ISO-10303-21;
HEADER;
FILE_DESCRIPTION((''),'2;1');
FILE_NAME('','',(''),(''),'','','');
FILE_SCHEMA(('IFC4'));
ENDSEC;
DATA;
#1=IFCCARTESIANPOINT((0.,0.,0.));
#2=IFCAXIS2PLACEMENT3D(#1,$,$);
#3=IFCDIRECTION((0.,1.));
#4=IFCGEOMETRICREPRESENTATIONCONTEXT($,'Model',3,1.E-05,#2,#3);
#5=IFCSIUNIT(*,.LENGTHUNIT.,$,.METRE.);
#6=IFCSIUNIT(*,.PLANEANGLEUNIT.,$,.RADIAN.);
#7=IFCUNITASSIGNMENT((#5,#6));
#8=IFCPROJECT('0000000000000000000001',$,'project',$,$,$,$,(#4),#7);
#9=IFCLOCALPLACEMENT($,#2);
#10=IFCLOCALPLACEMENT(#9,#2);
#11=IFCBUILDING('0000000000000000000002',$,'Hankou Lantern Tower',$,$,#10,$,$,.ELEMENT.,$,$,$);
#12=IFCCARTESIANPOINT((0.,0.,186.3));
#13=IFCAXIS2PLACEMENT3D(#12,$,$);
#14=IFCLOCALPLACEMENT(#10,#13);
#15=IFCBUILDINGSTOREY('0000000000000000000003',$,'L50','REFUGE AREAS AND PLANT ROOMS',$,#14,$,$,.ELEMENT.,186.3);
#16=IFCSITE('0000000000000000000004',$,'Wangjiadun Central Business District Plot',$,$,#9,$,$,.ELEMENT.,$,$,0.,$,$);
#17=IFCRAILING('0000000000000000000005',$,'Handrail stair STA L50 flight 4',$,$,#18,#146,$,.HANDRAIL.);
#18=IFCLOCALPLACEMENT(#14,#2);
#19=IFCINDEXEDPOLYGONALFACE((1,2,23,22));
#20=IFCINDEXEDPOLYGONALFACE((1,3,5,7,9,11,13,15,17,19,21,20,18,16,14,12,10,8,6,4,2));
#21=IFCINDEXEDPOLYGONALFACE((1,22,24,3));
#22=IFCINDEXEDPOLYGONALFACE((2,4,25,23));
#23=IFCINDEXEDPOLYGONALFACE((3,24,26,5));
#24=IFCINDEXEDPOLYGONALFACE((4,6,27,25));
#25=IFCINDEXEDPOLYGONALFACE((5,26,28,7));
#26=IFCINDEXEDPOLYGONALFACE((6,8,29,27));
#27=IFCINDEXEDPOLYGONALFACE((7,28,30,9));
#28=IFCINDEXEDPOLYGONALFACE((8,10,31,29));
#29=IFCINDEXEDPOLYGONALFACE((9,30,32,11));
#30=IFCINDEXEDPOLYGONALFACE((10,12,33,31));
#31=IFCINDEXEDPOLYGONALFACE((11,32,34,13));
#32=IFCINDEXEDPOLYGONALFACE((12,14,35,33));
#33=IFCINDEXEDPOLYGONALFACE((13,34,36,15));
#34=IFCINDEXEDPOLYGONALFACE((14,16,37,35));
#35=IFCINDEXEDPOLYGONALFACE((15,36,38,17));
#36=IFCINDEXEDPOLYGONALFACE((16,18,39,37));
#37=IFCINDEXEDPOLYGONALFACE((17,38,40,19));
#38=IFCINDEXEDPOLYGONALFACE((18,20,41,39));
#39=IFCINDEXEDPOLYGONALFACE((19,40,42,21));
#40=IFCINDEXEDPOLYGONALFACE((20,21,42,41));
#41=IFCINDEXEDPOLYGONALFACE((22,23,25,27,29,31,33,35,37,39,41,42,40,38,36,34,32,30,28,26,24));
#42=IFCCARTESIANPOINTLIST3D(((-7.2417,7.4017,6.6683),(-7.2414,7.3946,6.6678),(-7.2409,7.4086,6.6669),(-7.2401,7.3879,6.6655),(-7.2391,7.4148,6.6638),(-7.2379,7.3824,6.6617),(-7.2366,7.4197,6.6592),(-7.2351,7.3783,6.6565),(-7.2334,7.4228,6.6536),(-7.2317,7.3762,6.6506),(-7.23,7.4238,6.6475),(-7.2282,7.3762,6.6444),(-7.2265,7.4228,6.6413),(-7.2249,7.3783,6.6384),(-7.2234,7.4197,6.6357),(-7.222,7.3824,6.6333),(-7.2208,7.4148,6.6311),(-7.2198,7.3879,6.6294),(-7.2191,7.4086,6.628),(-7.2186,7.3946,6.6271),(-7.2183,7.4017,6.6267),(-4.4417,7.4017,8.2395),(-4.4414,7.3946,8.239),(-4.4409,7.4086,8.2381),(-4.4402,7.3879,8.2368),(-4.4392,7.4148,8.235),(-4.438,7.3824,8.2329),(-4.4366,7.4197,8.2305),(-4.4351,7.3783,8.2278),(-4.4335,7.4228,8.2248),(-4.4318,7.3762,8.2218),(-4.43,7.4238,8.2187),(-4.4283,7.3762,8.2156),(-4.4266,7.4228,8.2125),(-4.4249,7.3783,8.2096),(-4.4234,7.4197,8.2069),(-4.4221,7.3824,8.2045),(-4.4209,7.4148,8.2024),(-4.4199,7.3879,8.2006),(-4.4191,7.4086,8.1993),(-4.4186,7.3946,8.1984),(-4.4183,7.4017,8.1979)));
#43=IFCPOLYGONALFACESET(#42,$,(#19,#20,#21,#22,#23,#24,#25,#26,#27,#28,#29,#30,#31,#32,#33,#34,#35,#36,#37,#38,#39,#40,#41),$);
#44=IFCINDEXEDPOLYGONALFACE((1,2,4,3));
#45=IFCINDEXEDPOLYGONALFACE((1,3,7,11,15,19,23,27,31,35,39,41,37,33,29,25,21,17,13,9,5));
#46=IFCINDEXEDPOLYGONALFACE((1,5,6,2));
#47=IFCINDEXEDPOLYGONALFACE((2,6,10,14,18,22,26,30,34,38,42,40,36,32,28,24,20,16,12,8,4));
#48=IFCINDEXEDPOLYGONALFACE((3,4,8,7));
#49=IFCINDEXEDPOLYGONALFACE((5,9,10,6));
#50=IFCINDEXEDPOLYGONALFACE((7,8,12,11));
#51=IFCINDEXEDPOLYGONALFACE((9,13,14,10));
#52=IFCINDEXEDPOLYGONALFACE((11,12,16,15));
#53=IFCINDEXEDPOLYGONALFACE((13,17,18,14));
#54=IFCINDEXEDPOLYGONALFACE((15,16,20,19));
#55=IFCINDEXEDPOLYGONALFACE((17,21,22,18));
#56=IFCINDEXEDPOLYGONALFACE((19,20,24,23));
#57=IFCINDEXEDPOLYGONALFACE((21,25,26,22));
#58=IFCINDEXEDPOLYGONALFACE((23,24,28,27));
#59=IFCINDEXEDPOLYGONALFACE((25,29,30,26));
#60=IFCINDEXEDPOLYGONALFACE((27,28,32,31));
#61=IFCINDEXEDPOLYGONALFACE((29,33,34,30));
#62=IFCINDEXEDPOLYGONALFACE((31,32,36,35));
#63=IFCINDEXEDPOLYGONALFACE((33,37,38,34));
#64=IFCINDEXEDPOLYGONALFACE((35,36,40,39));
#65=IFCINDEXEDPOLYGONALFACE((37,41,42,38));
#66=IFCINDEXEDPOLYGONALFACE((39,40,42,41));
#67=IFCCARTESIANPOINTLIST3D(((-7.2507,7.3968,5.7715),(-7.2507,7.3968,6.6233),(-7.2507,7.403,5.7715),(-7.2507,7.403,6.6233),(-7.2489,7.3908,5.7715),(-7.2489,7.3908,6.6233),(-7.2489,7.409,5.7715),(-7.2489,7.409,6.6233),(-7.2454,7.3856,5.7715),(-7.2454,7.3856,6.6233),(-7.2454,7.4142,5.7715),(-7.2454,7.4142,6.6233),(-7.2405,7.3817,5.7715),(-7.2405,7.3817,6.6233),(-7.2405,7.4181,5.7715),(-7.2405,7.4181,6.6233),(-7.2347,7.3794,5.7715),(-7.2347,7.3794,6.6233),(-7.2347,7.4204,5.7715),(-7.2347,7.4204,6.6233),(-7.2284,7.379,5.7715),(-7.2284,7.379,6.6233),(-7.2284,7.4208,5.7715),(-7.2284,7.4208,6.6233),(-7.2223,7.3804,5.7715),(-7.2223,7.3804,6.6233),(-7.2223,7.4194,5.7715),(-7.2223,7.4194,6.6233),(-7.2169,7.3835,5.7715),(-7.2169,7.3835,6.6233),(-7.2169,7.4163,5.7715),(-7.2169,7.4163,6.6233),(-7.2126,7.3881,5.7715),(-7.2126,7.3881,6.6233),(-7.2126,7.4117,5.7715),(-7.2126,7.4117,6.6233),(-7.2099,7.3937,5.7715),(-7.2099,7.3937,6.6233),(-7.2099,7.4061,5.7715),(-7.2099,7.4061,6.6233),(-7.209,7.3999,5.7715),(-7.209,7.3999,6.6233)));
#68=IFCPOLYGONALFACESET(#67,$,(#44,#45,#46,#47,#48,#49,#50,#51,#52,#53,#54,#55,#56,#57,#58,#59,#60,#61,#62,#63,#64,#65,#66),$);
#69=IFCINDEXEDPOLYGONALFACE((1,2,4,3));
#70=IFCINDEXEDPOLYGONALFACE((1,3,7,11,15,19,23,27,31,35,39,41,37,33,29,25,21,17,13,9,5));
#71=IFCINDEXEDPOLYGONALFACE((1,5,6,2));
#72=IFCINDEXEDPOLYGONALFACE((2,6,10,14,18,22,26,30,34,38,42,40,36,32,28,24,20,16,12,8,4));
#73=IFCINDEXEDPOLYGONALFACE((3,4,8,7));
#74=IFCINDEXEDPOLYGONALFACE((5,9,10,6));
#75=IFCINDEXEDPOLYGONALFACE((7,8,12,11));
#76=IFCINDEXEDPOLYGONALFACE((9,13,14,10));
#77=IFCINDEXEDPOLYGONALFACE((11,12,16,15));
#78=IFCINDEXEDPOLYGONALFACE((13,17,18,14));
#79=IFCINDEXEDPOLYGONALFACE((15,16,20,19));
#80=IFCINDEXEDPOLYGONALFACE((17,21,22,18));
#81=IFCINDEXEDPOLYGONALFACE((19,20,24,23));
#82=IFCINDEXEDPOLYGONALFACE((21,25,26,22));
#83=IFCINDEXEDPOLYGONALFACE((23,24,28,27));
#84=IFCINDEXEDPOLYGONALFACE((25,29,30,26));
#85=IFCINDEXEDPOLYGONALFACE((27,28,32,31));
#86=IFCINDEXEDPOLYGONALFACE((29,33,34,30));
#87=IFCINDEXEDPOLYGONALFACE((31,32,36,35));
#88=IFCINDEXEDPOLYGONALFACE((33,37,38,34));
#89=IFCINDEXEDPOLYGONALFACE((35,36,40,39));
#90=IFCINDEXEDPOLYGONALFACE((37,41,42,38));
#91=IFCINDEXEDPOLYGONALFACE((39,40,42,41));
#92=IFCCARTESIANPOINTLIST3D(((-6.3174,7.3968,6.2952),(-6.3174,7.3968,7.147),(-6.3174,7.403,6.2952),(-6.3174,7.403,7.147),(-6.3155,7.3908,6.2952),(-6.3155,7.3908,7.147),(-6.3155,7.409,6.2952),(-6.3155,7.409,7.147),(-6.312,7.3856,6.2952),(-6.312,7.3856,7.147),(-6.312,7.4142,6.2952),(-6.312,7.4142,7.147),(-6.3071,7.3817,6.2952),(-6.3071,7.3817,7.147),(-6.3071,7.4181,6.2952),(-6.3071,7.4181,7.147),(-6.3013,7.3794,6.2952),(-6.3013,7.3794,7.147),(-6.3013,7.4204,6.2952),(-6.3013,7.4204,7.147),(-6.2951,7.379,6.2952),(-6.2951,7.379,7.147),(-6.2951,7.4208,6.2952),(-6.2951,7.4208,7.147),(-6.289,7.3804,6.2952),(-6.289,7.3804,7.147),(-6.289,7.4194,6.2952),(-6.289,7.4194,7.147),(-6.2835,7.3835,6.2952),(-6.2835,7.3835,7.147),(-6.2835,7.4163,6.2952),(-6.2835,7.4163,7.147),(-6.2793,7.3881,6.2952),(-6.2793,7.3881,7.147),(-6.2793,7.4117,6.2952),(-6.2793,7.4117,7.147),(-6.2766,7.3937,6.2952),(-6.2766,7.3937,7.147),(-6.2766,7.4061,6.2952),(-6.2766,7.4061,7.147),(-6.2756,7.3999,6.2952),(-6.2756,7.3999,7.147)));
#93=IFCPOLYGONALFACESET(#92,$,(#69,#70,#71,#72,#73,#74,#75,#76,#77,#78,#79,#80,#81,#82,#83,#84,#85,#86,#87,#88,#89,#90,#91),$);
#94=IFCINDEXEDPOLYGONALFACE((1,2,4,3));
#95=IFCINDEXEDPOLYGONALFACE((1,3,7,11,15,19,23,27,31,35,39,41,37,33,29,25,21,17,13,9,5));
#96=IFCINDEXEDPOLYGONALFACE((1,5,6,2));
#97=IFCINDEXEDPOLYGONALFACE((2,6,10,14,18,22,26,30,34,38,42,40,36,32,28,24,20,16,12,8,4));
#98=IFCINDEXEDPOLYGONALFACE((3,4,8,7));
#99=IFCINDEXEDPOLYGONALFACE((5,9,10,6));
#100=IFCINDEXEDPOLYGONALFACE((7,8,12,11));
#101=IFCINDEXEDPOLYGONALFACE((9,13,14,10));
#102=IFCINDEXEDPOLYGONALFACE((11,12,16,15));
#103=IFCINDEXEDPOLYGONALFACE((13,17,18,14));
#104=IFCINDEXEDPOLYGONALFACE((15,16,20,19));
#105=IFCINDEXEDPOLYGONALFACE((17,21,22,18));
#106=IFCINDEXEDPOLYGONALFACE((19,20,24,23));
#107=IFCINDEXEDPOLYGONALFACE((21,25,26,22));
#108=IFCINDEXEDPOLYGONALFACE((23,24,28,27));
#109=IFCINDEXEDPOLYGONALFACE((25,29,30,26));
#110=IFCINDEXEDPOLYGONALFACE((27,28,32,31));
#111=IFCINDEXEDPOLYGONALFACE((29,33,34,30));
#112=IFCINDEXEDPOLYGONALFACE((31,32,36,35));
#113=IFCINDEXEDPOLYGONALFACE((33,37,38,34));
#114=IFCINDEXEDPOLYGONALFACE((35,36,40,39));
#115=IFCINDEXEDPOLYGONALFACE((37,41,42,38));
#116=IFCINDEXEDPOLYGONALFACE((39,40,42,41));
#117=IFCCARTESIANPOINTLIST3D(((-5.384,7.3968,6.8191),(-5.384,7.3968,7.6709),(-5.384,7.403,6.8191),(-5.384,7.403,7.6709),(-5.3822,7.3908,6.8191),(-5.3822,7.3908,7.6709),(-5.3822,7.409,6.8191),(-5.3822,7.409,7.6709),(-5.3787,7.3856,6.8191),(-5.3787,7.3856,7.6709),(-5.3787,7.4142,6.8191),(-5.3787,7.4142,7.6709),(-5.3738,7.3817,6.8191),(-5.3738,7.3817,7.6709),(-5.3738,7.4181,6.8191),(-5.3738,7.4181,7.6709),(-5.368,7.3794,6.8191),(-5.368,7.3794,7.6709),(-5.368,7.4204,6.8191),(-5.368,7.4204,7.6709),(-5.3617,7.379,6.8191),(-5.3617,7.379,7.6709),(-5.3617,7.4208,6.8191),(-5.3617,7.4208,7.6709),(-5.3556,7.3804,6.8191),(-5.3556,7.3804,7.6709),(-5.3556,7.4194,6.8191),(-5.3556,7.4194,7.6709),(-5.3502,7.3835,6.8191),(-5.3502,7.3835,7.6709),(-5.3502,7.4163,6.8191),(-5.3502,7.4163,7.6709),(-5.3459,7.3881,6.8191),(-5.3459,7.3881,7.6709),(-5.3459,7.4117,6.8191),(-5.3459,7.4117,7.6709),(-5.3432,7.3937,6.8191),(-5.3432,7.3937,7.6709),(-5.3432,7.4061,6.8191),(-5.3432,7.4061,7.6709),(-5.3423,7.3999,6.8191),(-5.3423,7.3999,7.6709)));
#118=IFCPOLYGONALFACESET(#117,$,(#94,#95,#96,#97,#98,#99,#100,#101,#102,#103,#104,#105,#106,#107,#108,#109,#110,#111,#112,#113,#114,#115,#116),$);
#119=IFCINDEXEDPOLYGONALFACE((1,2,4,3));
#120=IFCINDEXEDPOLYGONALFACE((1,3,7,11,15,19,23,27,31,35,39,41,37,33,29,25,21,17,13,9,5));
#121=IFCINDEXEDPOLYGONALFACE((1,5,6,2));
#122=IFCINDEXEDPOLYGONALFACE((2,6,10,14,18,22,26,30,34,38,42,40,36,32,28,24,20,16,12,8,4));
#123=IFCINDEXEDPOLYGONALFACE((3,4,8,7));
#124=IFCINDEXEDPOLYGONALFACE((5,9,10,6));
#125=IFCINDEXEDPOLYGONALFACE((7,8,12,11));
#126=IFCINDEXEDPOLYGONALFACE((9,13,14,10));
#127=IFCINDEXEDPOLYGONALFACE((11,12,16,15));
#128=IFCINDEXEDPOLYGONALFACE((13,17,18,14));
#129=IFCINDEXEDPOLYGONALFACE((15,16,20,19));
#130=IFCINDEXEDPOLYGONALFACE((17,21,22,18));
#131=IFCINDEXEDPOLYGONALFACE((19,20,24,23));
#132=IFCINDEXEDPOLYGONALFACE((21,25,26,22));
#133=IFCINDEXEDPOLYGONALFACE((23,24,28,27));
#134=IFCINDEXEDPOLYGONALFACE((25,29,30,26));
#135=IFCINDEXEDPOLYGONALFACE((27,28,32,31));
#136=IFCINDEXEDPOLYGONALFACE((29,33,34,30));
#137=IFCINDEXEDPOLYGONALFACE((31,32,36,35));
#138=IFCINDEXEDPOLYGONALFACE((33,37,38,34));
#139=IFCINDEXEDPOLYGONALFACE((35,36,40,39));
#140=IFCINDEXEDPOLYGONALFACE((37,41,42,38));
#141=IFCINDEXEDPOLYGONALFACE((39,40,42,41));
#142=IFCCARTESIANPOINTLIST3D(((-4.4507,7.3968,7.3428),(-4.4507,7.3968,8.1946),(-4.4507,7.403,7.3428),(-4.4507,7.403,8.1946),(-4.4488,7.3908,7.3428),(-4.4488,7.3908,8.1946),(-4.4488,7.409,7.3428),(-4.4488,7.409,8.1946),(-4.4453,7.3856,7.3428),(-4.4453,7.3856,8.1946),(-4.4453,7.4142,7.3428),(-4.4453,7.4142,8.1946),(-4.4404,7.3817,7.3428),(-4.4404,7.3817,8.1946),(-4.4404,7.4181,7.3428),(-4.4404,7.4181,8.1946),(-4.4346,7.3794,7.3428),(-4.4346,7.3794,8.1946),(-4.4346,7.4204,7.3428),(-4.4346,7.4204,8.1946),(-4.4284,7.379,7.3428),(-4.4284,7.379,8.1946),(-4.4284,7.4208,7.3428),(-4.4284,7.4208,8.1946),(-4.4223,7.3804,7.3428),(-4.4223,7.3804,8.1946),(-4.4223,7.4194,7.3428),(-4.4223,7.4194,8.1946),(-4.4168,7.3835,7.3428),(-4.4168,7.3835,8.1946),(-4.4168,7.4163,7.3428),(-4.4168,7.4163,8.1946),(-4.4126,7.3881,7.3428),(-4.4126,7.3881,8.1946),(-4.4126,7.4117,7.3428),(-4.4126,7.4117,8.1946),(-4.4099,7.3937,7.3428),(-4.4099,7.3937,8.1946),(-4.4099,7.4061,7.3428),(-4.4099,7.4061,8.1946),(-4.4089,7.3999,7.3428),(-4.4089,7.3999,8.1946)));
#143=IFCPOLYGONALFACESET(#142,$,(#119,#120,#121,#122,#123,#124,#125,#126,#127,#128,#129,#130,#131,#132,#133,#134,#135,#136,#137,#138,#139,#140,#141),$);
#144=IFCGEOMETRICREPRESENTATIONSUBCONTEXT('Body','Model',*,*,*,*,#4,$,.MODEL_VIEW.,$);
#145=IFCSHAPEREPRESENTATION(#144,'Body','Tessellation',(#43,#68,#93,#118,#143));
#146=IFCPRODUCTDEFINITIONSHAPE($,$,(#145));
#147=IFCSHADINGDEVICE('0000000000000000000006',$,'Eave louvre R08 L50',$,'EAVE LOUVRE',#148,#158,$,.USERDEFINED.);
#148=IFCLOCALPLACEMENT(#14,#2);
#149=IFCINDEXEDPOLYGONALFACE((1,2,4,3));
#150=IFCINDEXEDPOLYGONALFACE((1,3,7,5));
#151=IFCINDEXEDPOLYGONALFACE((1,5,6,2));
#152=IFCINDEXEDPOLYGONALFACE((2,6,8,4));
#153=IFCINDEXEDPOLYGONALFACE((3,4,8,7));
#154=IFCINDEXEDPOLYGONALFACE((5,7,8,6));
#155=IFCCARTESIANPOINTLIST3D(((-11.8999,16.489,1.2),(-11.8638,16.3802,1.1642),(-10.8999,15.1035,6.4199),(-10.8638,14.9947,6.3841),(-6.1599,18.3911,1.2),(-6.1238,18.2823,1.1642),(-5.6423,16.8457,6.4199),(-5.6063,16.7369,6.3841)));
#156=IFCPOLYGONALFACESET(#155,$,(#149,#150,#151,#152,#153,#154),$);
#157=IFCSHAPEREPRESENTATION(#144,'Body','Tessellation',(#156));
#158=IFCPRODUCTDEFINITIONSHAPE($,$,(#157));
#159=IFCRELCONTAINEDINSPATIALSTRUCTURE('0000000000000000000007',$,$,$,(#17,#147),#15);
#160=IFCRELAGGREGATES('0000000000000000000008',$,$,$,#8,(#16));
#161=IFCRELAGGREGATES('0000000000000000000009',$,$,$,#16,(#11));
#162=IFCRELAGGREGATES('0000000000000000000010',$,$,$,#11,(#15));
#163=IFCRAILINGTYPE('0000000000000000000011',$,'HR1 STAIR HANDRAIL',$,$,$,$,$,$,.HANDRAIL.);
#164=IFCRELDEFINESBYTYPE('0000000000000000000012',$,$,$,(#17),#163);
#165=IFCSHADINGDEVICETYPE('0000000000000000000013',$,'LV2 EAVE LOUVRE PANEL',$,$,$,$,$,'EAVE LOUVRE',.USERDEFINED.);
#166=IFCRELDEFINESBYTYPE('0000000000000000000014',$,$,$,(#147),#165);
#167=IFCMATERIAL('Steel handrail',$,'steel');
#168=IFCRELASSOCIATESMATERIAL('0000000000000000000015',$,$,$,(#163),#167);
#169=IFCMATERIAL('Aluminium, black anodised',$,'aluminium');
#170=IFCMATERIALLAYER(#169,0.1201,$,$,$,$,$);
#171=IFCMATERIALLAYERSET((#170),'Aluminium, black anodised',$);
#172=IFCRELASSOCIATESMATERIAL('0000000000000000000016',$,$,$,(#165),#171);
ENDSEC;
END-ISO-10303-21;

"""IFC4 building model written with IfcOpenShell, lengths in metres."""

from ifc_helpers import new_model, si_unit, direction, frame, origin, origin_2d, place, context, subcontext, project, spatial, polyline, circle, outline, extrude, material, layer, layer_set, type_object, element, save


model = new_model("IFC4")

# Units and contexts
model_context = context("Model", 3, precision=1e-05, world=origin(), true_north=direction((0.0, 1.0)))
body_context = subcontext(model_context, "Body", "Model", "MODEL_VIEW")
ifc_project = project(units=[si_unit("LENGTHUNIT", "METRE"), si_unit("PLANEANGLEUNIT", "RADIAN")], contexts=[model_context])

# Site, building, storey
site_placement = place(None, origin())
site = spatial("IfcSite", under=ifc_project, at=site_placement, Name="Wangjiadun Central Business District Plot", CompositionType="ELEMENT", RefElevation=0.0)
building_placement = place(site_placement, origin())
building = spatial("IfcBuilding", under=site, at=building_placement, Name="Hankou Lantern Tower", CompositionType="ELEMENT")
storey_placement = place(building_placement, frame((0.0, 0.0, 186.3)))
storey = spatial("IfcBuildingStorey", under=building, at=storey_placement, Name="L50", Description="REFUGE AREAS AND PLANT ROOMS", CompositionType="ELEMENT", Elevation=186.3)

# Railing
ifc_material_1 = material(Name="Steel handrail", Category="steel")
railing_type = type_object("IfcRailingType", Name="HR1 STAIR HANDRAIL", PredefinedType="HANDRAIL", material=ifc_material_1)
railing_1_placement = place(storey_placement, frame((-7.23, 7.3999, 5.7715)))
element("IfcRailing", 1, at=railing_1_placement, inside=storey, type_object=railing_type, Name="Handrail stair STA L50 flight 4", PredefinedType="HANDRAIL", context=body_context, shape_type="SweptSolid", body=[
    extrude(circle(Radius=0.0239, at=origin_2d()), frame((0.0, 0.0, 0.876), z_axis=(0.872073, 0.0, 0.489377), x_axis=(0.0, 1.0, 0.0)), (0.0, 0.0, 1.0), 3.2107),
    extrude(circle(Radius=0.021, at=origin_2d()), origin(), (0.0, 0.0, 1.0), 0.8518),
    extrude(circle(Radius=0.021, at=origin_2d()), frame((0.9333, 0.0, 0.5237)), (0.0, 0.0, 1.0), 0.8518),
    extrude(circle(Radius=0.021, at=origin_2d()), frame((1.8667, 0.0, 1.0476)), (0.0, 0.0, 1.0), 0.8518),
    extrude(circle(Radius=0.021, at=origin_2d()), frame((2.8, 0.0, 1.5713)), (0.0, 0.0, 1.0), 0.8518),
])

# Shading device
ifc_material_2 = material(Name="Aluminium, black anodised", Category="aluminium")
ifc_layer_1 = layer(ifc_material_2, 0.1201)
ifc_layer_set_1 = layer_set([ifc_layer_1], Name="Aluminium, black anodised")
shading_device_type = type_object("IfcShadingDeviceType", Name="LV2 EAVE LOUVRE PANEL", ElementType="EAVE LOUVRE", PredefinedType="USERDEFINED", material=ifc_layer_set_1)
shading_device_placement = place(storey_placement, frame((-6.1599, 18.3911, 1.2), z_axis=(-0.300258, 0.906105, 0.298026), x_axis=(-0.94924, -0.314552, 0.000001)))
element("IfcShadingDevice", 2, at=shading_device_placement, inside=storey, type_object=shading_device_type, Name="Eave louvre R08 L50", ObjectType="EAVE LOUVRE", PredefinedType="USERDEFINED", context=body_context, shape_type="SweptSolid", body=[
    extrude(outline(polyline([(0.0, 0.0), (6.0469, 0.0), (5.5335, 5.4685), (-0.0052, 5.4685), (0.0, 0.0)])), origin(), (0.0, 0.0, -1.0), 0.1201),
])

save(model, "model.ifc")
